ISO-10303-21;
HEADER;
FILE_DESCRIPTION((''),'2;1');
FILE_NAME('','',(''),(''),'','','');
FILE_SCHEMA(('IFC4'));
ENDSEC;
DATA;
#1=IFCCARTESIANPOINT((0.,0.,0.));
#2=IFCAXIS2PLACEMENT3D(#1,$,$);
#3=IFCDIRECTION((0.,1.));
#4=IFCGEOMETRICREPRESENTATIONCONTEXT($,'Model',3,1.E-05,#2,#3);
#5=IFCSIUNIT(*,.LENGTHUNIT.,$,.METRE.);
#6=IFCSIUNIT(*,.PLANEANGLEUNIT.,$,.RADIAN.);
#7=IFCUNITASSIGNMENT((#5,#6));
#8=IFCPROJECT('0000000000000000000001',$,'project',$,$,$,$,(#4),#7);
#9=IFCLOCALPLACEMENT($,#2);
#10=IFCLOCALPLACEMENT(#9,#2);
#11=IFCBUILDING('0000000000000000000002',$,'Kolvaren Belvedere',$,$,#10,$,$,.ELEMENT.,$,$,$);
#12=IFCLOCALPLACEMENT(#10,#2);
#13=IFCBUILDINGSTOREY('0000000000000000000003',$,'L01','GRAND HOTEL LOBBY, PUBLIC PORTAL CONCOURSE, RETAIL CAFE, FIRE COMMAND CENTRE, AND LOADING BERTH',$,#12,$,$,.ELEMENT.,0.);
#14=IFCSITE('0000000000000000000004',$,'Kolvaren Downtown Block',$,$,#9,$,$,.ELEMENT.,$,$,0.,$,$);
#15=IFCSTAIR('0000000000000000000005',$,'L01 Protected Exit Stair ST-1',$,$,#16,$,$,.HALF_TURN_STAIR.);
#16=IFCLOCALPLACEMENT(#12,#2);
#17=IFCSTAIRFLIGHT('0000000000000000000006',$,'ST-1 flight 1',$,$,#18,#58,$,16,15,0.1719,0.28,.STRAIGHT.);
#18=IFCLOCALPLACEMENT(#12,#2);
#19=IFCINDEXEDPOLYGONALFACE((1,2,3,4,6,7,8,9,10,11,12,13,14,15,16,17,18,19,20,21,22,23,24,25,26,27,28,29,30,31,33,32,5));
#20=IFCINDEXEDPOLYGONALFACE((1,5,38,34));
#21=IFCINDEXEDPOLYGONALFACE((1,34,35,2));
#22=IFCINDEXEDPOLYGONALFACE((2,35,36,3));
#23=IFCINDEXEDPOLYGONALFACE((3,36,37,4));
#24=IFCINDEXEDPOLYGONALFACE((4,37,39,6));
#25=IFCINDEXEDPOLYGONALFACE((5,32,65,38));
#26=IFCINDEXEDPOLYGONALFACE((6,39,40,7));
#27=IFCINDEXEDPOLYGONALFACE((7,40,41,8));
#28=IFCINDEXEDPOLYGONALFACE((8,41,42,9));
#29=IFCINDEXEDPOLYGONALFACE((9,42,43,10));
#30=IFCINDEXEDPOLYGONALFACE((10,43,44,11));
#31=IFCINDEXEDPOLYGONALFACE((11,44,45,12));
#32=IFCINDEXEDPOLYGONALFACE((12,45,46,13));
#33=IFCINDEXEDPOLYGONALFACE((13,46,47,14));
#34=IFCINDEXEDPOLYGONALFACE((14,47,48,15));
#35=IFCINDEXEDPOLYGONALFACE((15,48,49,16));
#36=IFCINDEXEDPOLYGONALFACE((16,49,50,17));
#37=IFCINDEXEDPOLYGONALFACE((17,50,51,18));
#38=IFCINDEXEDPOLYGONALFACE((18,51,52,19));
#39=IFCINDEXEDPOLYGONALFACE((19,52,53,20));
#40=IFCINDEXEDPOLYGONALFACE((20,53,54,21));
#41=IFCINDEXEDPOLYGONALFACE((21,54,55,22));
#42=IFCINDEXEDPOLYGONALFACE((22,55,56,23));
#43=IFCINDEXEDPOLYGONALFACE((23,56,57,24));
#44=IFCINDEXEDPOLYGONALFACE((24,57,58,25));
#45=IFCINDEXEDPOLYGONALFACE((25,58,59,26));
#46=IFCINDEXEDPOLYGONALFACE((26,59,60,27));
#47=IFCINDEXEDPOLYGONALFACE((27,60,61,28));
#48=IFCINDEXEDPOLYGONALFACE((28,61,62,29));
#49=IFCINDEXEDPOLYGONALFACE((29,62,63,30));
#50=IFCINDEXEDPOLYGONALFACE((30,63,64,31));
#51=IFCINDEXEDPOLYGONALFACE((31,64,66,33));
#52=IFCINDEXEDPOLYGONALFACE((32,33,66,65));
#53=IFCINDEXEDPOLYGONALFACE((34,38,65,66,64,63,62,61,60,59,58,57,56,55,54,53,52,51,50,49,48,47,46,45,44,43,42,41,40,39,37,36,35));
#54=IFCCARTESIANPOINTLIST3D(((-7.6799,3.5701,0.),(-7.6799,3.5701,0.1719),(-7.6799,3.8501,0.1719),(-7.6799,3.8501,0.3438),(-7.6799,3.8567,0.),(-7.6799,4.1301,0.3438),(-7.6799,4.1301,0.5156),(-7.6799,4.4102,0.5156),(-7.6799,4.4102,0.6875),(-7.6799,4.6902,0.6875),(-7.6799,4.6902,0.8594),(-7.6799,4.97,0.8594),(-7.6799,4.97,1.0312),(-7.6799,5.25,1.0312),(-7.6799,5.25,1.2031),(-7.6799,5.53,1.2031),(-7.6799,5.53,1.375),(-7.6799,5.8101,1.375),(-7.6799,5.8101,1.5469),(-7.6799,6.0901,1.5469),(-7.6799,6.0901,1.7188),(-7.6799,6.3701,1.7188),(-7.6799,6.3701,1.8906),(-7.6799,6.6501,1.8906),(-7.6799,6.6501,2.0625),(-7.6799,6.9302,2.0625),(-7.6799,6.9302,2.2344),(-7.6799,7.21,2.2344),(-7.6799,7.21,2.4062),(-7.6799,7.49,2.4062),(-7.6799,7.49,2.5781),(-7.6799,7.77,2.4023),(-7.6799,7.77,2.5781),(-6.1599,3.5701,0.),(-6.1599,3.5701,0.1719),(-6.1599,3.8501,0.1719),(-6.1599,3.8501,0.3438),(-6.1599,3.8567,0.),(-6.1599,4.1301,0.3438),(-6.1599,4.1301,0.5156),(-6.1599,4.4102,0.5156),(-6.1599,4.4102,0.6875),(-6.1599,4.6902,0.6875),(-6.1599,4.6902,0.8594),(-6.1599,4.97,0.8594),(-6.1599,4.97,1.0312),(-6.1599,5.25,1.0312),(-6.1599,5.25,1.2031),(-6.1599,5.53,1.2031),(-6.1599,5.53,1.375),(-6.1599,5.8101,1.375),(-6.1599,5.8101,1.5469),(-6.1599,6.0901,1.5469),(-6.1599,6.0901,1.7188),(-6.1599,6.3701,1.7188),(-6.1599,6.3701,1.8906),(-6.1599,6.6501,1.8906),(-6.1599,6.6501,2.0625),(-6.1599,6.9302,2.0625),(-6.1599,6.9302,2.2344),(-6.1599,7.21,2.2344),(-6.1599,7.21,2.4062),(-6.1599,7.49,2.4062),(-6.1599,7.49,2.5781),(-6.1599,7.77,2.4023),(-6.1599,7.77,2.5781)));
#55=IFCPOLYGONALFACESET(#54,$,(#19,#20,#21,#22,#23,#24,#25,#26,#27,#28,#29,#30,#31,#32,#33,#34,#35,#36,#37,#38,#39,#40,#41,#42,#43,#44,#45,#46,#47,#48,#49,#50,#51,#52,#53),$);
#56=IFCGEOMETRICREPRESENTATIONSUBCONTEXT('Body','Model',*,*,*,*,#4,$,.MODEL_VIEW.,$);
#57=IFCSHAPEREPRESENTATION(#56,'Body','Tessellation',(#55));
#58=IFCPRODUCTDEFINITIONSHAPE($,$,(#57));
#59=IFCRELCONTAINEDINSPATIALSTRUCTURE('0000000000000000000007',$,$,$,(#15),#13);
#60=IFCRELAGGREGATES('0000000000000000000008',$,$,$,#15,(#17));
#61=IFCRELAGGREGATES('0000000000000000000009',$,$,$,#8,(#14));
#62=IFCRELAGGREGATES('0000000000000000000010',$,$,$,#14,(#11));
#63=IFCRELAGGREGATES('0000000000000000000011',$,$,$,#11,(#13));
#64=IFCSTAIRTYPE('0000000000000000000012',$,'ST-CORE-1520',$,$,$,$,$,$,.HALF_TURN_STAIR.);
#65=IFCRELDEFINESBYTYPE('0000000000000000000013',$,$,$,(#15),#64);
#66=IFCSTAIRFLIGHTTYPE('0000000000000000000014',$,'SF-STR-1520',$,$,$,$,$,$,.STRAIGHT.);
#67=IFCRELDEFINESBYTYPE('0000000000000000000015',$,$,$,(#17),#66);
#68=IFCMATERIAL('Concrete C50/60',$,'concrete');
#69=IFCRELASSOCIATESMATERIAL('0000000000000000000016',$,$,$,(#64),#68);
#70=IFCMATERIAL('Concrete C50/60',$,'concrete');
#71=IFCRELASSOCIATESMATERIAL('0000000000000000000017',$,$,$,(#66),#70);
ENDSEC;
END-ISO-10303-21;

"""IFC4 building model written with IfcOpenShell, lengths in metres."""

from ifc_helpers import new_model, si_unit, direction, frame, origin, place, context, subcontext, project, spatial, polyline, outline, extrude, material, type_object, element, aggregate, save


model = new_model("IFC4")

# Units and contexts
model_context = context("Model", 3, precision=1e-05, world=origin(), true_north=direction((0.0, 1.0)))
body_context = subcontext(model_context, "Body", "Model", "MODEL_VIEW")
ifc_project = project(units=[si_unit("LENGTHUNIT", "METRE"), si_unit("PLANEANGLEUNIT", "RADIAN")], contexts=[model_context])

# Site, building, storey
site_placement = place(None, origin())
site = spatial("IfcSite", under=ifc_project, at=site_placement, Name="Kolvaren Downtown Block", CompositionType="ELEMENT", RefElevation=0.0)
building_placement = place(site_placement, origin())
building = spatial("IfcBuilding", under=site, at=building_placement, Name="Kolvaren Belvedere", CompositionType="ELEMENT")
storey_placement = place(building_placement, origin())
storey = spatial("IfcBuildingStorey", under=building, at=storey_placement, Name="L01", Description="GRAND HOTEL LOBBY, PUBLIC PORTAL CONCOURSE, RETAIL CAFE, FIRE COMMAND CENTRE, AND LOADING BERTH", CompositionType="ELEMENT", Elevation=0.0)

# Stair, stair flight
ifc_material_1 = material(Name="Concrete C50/60", Category="concrete")
stair_type = type_object("IfcStairType", Name="ST-CORE-1520", PredefinedType="HALF_TURN_STAIR", material=ifc_material_1)
stair_placement = place(storey_placement, origin())
stair = element("IfcStair", 1, at=stair_placement, inside=storey, type_object=stair_type, Name="L01 Protected Exit Stair ST-1", PredefinedType="HALF_TURN_STAIR")
ifc_material_2 = material(Name="Concrete C50/60", Category="concrete")
stair_flight_type = type_object("IfcStairFlightType", Name="SF-STR-1520", PredefinedType="STRAIGHT", material=ifc_material_2)
stair_flight_placement = place(storey_placement, frame((-6.9199, 3.5701, 0.0), z_axis=(0.0, 0.0, 1.0), x_axis=(0.0, 1.0, 0.0)))
stair_flight = element("IfcStairFlight", 2, at=stair_flight_placement, type_object=stair_flight_type, Name="ST-1 flight 1", NumberOfRisers=16, NumberOfTreads=15, PredefinedType="STRAIGHT", RiserHeight=0.1719, TreadLength=0.28, context=body_context, shape_type="SweptSolid", body=[
    extrude(outline(polyline([(0.0, 0.0), (0.0, 0.1719), (0.28, 0.1719), (0.28, 0.3438), (0.5601, 0.3438), (0.5601, 0.5156), (0.8401, 0.5156), (0.8401, 0.6875), (1.1201, 0.6875), (1.1201, 0.8594), (1.3999, 0.8594), (1.3999, 1.0312), (1.6799, 1.0312), (1.6799, 1.2031), (1.96, 1.2031), (1.96, 1.375), (2.24, 1.375), (2.24, 1.5469), (2.52, 1.5469), (2.52, 1.7188), (2.8, 1.7188), (2.8, 1.8906), (3.0801, 1.8906), (3.0801, 2.0625), (3.3601, 2.0625), (3.3601, 2.2344), (3.6399, 2.2344), (3.6399, 2.4062), (3.9199, 2.4062), (3.9199, 2.5781), (4.2, 2.5781), (4.2, 2.75), (4.2, 2.4023), (0.2866, 0.0), (0.0, 0.0)])), frame((0.0, 0.76, 0.0), z_axis=(0.0, -1.0, 0.0), x_axis=(1.0, 0.0, 0.0)), (0.0, 0.0, 1.0), 1.52),
])
aggregate(stair, [stair_flight])

save(model, "model.ifc")
